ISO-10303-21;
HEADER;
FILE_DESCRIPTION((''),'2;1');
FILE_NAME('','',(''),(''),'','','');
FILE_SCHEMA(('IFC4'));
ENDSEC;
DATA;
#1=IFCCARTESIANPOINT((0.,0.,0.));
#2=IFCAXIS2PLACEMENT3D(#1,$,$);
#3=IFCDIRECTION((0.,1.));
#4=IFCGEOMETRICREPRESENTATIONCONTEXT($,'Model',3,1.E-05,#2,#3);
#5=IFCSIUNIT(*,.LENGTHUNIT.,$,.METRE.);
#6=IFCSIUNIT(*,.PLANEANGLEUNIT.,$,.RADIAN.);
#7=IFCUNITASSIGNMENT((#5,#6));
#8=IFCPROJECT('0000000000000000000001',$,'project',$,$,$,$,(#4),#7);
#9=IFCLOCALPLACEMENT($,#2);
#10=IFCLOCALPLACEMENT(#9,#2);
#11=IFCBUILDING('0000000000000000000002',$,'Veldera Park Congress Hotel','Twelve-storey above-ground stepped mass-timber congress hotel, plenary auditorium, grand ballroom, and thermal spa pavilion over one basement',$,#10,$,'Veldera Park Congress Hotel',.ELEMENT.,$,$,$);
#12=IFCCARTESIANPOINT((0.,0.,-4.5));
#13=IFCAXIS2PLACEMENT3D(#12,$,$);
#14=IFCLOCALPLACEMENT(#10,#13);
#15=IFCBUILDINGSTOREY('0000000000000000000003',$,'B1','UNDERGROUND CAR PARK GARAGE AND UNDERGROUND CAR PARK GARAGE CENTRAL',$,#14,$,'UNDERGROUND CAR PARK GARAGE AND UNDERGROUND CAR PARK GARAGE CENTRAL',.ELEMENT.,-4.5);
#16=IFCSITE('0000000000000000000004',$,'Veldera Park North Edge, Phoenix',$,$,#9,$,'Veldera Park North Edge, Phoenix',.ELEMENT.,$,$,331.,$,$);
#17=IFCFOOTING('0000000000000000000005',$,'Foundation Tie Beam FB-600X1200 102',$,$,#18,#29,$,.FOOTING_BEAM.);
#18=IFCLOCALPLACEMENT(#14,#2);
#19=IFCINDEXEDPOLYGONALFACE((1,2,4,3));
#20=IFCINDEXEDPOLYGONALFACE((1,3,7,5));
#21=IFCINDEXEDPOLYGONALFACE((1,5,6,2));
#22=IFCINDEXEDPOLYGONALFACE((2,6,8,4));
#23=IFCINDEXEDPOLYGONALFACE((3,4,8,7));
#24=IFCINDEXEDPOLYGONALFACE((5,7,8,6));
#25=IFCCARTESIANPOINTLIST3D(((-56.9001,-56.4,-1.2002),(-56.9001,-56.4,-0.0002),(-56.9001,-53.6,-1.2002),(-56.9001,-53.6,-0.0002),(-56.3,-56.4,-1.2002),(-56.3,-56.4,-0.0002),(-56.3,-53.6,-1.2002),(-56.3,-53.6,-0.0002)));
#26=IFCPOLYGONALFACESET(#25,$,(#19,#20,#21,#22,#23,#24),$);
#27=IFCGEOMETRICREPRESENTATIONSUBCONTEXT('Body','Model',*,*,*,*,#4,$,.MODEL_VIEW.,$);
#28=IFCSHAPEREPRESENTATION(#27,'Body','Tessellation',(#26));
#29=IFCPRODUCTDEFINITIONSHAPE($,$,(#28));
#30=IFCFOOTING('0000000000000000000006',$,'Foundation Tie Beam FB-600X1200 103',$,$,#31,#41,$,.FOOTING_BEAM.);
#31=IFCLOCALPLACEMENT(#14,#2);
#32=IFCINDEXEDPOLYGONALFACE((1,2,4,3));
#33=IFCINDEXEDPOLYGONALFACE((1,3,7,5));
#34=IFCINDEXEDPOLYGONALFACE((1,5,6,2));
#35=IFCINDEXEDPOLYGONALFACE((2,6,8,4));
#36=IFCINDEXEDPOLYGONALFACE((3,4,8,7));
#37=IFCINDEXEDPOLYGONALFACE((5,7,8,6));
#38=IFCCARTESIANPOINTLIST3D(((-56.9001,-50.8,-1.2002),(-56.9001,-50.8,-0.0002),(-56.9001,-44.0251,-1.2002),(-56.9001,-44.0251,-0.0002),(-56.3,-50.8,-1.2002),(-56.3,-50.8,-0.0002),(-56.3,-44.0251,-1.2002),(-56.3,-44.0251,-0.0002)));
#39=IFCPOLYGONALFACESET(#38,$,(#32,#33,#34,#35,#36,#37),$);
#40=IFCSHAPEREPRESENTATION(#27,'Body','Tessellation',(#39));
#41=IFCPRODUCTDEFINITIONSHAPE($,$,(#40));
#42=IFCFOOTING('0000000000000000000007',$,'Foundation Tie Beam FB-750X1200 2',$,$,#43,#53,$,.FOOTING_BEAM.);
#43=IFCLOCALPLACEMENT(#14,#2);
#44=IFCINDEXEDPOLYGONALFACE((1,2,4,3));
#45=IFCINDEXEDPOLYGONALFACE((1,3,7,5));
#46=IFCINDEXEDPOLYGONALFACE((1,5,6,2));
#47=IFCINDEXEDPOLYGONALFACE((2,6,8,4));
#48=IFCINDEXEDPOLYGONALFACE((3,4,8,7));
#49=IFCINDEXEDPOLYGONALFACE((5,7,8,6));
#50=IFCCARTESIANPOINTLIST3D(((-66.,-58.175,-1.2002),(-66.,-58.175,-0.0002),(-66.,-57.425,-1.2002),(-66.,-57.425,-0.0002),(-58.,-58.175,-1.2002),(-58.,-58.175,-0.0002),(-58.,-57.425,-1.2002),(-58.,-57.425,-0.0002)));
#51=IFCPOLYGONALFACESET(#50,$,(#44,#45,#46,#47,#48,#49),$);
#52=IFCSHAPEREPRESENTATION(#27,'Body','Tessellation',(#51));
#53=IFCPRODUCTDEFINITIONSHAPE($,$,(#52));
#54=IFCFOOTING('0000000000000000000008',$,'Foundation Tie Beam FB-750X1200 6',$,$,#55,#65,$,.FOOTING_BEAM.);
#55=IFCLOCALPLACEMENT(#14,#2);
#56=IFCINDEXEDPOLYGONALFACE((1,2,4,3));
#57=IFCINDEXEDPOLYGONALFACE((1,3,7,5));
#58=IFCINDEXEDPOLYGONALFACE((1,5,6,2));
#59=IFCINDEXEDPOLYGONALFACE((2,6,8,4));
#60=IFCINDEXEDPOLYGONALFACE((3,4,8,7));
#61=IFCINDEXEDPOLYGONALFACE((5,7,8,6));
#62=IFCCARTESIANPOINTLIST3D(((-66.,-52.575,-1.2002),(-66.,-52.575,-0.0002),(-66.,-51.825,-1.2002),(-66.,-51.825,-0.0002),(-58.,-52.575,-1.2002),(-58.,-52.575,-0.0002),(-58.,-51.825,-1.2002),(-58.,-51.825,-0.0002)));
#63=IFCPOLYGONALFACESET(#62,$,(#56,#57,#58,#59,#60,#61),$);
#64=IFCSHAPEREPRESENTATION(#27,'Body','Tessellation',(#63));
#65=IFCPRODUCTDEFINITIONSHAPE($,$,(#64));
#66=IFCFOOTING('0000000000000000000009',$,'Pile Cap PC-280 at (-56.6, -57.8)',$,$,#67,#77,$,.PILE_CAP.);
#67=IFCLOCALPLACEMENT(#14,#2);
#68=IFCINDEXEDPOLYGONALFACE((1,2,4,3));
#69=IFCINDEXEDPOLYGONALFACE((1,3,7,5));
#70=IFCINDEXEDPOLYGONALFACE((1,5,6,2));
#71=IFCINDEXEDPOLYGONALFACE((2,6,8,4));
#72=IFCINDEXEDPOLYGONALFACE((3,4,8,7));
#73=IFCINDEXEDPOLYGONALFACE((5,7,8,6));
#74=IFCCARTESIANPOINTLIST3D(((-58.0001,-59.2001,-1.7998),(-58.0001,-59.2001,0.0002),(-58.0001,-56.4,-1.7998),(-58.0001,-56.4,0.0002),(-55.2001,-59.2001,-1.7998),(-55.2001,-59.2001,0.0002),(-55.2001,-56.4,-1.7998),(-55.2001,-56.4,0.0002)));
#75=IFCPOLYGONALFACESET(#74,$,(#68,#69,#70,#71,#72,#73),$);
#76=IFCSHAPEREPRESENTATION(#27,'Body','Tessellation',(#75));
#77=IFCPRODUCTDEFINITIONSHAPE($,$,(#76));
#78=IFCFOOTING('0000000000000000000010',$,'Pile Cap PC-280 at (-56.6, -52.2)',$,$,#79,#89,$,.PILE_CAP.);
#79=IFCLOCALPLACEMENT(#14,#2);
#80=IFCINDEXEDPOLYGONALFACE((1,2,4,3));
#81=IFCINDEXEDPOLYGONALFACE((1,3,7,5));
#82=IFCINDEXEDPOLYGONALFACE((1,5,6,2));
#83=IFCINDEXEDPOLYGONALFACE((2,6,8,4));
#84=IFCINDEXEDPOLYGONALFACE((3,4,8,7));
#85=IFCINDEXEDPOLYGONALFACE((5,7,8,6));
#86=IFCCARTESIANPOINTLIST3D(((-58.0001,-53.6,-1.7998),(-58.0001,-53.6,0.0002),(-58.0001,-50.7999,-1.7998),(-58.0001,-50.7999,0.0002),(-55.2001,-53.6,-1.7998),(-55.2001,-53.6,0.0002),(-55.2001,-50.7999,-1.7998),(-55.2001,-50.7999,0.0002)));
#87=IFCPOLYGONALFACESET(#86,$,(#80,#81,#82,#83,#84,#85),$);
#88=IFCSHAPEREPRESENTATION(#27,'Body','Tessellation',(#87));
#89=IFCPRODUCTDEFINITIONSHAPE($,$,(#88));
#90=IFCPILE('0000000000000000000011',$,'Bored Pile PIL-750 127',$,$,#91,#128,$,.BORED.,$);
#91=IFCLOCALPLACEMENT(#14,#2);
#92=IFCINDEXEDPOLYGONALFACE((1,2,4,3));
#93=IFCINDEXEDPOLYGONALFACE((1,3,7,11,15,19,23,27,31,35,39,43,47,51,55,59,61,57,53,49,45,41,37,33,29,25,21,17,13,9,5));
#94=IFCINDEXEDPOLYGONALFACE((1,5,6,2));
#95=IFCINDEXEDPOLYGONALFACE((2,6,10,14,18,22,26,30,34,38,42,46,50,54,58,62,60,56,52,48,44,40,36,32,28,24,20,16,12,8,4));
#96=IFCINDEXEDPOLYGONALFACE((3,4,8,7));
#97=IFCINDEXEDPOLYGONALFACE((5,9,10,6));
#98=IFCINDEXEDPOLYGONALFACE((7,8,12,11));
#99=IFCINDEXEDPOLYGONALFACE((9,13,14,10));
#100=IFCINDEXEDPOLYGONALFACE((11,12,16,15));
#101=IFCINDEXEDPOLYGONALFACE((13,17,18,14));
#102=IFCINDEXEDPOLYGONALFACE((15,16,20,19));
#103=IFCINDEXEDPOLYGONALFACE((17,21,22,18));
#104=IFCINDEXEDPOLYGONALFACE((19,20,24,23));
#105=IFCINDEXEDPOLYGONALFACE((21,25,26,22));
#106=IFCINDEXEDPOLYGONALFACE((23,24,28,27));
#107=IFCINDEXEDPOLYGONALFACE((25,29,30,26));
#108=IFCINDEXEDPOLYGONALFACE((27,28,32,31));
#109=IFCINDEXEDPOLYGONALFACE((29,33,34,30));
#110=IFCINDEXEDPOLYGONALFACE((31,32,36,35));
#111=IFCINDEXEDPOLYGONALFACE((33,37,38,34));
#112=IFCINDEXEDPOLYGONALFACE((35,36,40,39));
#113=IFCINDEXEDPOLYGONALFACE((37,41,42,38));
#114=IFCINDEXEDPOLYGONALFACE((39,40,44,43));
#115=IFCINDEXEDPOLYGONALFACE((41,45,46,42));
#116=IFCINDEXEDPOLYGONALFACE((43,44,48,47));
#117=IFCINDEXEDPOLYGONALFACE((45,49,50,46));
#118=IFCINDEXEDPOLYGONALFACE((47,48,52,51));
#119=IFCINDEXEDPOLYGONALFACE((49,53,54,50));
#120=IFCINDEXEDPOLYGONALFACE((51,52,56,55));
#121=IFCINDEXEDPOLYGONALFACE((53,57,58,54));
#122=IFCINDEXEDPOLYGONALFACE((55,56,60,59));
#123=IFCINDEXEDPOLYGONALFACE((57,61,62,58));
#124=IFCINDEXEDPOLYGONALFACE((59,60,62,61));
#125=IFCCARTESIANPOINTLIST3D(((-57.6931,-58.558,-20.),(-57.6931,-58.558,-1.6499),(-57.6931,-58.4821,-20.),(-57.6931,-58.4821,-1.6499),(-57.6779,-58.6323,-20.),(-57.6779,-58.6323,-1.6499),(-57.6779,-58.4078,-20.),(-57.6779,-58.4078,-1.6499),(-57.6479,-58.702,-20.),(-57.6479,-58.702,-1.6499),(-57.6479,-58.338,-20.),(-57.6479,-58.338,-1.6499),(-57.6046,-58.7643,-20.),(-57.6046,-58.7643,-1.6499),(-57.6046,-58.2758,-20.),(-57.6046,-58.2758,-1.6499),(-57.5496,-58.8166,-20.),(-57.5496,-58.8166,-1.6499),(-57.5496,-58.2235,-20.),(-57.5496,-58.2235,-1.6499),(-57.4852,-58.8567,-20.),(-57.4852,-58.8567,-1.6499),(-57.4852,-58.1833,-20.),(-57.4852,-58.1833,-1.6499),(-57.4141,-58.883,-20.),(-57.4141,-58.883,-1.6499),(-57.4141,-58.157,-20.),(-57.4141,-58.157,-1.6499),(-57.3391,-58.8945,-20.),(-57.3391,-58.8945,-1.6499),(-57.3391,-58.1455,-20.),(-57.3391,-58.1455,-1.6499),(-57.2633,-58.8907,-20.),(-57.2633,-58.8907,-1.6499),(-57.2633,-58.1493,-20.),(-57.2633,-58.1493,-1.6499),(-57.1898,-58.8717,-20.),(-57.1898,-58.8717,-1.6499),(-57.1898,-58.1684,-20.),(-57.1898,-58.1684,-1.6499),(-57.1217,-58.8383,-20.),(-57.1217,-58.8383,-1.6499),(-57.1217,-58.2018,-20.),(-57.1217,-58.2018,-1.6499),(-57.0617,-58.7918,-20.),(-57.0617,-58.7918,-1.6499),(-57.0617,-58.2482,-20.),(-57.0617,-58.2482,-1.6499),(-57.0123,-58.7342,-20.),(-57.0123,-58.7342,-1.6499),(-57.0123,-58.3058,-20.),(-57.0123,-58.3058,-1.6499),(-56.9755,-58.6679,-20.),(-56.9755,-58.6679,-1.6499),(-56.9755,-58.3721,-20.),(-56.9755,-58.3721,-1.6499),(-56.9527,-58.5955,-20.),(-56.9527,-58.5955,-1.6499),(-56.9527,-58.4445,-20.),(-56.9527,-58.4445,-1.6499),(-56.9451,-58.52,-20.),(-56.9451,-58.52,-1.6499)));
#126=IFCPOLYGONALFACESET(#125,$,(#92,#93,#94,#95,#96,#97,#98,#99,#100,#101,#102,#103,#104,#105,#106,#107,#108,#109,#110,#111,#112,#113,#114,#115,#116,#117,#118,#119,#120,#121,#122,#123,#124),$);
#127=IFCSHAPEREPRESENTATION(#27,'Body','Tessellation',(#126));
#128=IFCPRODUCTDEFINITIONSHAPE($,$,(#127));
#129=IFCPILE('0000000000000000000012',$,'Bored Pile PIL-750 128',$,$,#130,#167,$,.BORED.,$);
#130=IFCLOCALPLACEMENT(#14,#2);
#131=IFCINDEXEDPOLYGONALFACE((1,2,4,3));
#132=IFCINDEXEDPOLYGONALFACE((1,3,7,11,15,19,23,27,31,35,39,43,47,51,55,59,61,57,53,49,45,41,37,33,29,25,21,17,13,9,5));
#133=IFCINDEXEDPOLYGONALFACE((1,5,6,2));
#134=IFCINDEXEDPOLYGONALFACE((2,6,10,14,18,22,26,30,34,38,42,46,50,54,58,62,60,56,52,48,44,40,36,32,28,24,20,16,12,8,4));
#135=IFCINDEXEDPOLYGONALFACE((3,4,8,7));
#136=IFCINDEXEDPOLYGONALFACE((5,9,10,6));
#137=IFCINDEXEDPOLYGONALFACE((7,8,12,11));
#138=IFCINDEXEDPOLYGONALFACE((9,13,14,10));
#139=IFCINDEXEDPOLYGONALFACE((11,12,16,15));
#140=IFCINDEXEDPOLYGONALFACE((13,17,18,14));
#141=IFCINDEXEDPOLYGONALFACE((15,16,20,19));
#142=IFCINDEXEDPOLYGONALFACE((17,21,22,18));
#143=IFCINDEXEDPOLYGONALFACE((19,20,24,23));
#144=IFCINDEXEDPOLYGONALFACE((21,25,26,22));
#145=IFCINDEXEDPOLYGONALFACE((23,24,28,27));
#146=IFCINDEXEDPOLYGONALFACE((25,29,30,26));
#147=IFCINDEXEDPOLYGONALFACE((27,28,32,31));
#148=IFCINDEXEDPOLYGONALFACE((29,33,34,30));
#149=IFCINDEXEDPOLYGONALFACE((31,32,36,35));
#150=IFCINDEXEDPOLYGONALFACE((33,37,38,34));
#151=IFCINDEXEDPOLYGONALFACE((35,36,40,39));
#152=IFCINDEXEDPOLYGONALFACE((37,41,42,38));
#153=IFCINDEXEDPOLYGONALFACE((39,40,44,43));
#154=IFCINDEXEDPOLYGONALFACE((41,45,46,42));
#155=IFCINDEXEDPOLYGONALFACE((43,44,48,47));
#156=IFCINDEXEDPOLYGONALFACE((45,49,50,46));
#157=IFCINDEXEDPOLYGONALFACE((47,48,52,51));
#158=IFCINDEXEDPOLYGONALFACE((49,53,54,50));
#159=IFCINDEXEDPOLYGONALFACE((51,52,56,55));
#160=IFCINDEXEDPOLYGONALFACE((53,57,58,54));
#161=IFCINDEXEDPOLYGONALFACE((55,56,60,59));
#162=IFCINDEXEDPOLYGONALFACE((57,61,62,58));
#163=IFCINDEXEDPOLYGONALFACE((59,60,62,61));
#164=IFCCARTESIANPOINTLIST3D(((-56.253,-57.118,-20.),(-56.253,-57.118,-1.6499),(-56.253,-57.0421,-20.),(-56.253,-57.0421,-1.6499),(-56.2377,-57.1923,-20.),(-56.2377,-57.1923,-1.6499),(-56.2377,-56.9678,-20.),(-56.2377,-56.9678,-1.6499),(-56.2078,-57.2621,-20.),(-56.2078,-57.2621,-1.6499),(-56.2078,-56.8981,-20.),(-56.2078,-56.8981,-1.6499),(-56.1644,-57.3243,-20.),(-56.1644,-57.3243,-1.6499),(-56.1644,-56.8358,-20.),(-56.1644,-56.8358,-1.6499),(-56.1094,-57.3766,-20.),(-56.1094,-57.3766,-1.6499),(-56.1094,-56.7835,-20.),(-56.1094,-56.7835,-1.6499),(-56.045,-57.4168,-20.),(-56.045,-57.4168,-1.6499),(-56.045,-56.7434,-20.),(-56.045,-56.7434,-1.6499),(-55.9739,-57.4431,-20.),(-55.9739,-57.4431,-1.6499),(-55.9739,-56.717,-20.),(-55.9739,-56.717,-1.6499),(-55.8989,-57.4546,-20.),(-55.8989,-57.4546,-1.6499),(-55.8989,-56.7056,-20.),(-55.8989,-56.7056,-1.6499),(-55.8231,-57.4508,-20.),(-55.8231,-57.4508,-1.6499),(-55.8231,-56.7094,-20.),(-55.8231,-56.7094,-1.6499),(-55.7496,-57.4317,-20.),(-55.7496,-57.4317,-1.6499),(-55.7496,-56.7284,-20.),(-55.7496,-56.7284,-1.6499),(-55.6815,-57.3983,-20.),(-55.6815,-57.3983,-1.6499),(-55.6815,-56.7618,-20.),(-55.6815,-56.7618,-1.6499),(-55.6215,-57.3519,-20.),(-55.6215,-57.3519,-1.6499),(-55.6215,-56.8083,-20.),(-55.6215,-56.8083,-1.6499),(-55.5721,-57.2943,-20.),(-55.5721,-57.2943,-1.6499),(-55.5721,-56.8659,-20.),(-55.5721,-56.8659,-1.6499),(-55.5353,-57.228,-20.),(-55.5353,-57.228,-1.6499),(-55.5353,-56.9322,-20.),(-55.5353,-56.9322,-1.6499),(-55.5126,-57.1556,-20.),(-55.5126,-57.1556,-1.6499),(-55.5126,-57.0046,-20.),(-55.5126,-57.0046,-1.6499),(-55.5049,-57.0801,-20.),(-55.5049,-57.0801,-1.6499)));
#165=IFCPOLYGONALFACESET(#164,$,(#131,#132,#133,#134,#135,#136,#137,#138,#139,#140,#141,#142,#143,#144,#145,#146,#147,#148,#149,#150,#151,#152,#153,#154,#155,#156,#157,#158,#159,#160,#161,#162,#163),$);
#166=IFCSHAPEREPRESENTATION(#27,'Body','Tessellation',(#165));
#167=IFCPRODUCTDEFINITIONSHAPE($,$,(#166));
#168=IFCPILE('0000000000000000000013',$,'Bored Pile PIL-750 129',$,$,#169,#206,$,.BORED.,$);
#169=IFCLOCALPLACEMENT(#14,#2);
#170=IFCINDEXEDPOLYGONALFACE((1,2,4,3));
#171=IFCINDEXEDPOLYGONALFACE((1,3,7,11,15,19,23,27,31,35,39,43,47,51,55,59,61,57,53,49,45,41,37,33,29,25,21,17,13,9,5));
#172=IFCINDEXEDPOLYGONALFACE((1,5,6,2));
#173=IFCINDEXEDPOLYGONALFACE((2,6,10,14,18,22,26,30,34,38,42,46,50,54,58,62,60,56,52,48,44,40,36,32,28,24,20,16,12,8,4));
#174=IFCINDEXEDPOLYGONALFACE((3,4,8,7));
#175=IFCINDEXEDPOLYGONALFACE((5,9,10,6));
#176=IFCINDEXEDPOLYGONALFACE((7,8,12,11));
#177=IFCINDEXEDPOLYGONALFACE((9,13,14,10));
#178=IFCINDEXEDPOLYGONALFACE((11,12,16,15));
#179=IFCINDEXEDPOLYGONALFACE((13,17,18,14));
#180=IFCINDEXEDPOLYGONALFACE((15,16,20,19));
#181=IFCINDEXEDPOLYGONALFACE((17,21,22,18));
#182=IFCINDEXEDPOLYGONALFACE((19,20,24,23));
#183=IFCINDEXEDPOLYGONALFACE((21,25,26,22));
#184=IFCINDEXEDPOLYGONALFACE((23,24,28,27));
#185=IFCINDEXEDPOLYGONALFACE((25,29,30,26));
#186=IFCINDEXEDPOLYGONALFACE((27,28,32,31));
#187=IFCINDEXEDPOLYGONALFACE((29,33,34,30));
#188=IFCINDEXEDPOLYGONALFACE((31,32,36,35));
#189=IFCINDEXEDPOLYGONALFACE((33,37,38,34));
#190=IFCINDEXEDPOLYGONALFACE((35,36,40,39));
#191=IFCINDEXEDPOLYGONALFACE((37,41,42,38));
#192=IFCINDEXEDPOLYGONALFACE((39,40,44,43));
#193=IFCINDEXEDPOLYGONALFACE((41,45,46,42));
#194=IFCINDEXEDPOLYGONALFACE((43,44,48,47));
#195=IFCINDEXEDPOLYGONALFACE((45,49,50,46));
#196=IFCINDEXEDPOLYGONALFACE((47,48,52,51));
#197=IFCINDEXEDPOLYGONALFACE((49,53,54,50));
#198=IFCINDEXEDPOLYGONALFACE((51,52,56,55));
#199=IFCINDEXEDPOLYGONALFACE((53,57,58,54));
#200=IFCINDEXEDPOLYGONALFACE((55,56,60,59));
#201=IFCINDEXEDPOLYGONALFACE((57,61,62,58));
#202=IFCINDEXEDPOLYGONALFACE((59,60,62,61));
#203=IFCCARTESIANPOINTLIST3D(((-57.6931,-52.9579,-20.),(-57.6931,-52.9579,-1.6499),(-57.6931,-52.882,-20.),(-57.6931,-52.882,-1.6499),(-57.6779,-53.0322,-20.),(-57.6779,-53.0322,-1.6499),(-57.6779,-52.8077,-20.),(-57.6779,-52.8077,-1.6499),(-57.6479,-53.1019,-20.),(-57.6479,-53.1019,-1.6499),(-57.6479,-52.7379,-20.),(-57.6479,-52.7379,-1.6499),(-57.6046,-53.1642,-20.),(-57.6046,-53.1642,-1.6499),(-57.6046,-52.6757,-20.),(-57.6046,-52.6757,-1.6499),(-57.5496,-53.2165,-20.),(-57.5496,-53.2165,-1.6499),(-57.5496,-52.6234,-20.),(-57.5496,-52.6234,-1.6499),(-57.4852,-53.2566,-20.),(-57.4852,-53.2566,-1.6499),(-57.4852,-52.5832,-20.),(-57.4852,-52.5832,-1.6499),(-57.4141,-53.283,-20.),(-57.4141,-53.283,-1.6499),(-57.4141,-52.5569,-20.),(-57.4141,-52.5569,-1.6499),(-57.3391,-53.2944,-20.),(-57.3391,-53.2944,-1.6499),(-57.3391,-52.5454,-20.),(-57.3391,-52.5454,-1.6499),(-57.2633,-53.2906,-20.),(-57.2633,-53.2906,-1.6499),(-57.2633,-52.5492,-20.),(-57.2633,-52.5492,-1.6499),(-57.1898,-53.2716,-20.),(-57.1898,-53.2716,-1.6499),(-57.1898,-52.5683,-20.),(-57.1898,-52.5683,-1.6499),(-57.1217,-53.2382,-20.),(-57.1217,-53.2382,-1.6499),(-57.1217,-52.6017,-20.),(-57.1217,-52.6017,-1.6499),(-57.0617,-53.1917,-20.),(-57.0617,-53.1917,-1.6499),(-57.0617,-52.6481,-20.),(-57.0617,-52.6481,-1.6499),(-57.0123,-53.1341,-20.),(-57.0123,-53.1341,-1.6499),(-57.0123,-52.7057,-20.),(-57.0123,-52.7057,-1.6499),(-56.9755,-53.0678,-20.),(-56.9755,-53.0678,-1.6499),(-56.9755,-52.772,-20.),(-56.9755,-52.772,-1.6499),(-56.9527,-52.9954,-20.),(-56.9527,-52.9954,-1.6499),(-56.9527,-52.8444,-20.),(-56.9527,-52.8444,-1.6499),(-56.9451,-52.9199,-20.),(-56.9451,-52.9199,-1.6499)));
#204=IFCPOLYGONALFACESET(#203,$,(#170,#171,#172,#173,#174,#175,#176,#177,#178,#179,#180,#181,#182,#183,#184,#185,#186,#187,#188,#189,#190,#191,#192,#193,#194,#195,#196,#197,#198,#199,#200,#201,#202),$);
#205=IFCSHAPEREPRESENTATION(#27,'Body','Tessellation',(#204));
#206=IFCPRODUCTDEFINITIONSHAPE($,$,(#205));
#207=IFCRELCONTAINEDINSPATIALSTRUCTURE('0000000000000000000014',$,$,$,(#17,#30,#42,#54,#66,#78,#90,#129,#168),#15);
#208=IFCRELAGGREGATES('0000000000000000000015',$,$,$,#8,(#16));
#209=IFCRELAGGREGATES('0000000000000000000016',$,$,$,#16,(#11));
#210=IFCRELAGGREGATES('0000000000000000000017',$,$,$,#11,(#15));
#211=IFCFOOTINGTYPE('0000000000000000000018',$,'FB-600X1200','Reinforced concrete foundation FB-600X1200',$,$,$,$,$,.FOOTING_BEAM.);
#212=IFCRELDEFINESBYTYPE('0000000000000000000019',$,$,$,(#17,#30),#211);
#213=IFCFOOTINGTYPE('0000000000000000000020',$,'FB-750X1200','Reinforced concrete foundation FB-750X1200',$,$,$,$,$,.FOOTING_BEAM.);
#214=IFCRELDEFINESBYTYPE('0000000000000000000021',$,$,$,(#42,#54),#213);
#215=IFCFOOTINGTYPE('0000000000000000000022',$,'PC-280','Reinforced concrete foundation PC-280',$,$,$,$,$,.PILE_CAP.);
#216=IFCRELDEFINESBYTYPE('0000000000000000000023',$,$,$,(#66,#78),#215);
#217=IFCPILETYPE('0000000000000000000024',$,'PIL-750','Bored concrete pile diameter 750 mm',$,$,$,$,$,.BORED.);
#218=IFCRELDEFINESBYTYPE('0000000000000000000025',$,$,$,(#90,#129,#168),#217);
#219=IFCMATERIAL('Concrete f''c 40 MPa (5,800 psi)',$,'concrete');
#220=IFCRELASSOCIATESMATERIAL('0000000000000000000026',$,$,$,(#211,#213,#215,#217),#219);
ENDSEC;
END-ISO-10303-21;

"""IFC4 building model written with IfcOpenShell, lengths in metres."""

from ifc_helpers import new_model, si_unit, direction, frame, origin, origin_2d, place, context, subcontext, project, spatial, rectangle, circle, extrude, material, material_profile, profile_set, type_object, element, save


model = new_model("IFC4")

# Units and contexts
model_context = context("Model", 3, precision=1e-05, world=origin(), true_north=direction((0.0, 1.0)))
body_context = subcontext(model_context, "Body", "Model", "MODEL_VIEW")
ifc_project = project(units=[si_unit("LENGTHUNIT", "METRE"), si_unit("PLANEANGLEUNIT", "RADIAN")], contexts=[model_context])

# Site, building, storey
site_placement = place(None, origin())
site = spatial("IfcSite", under=ifc_project, at=site_placement, Name="Veldera Park North Edge, Phoenix", LongName="Veldera Park North Edge, Phoenix", CompositionType="ELEMENT", RefElevation=331.0)
building_placement = place(site_placement, origin())
building = spatial("IfcBuilding", under=site, at=building_placement, Name="Veldera Park Congress Hotel", Description="Twelve-storey above-ground stepped mass-timber congress hotel, plenary auditorium, grand ballroom, and thermal spa pavilion over one basement", LongName="Veldera Park Congress Hotel", CompositionType="ELEMENT")
storey_placement = place(building_placement, frame((0.0, 0.0, -4.5)))
storey = spatial("IfcBuildingStorey", under=building, at=storey_placement, Name="B1", Description="UNDERGROUND CAR PARK GARAGE AND UNDERGROUND CAR PARK GARAGE CENTRAL", LongName="UNDERGROUND CAR PARK GARAGE AND UNDERGROUND CAR PARK GARAGE CENTRAL", CompositionType="ELEMENT", Elevation=-4.5)

# Footings
ifc_material_1 = material(Name="Concrete f'c 40 MPa (5,800 psi)", Category="concrete")
footing_type_1 = type_object("IfcFootingType", Name="FB-600X1200", Description="Reinforced concrete foundation FB-600X1200", PredefinedType="FOOTING_BEAM", material=ifc_material_1)
footing_1_placement = place(storey_placement, frame((-56.6001, -55.0, -1.2002), z_axis=(0.0, 0.0, 1.0), x_axis=(0.0, 1.0, 0.0)))
element("IfcFooting", 1, at=footing_1_placement, inside=storey, type_object=footing_type_1, Name="Foundation Tie Beam FB-600X1200 102", PredefinedType="FOOTING_BEAM", context=body_context, shape_type="SweptSolid", body=[
    extrude(rectangle(XDim=2.8, YDim=0.6001, at=origin_2d()), origin(), (0.0, 0.0, 1.0), 1.2),
])
footing_2_placement = place(storey_placement, frame((-56.6001, -47.4126, -1.2002), z_axis=(0.0, 0.0, 1.0), x_axis=(0.0, 1.0, 0.0)))
element("IfcFooting", 2, at=footing_2_placement, inside=storey, type_object=footing_type_1, Name="Foundation Tie Beam FB-600X1200 103", PredefinedType="FOOTING_BEAM", context=body_context, shape_type="SweptSolid", body=[
    extrude(rectangle(XDim=6.7749, YDim=0.6001, at=origin_2d()), origin(), (0.0, 0.0, 1.0), 1.2),
])
footing_type_2 = type_object("IfcFootingType", Name="FB-750X1200", Description="Reinforced concrete foundation FB-750X1200", PredefinedType="FOOTING_BEAM", material=ifc_material_1)
for number, where, z_axis, x_axis, name in (
    (3, (-62.0, -57.8, -1.2002), (0.0, 0.0, 1.0), (1.0, 0.0, 0.0), "Foundation Tie Beam FB-750X1200 2"),
    (4, (-62.0, -52.2, -1.2002), (0.0, 0.0, 1.0), (1.0, 0.0, 0.0), "Foundation Tie Beam FB-750X1200 6"),
):
    element("IfcFooting", number, at=place(storey_placement, frame(where, z_axis=z_axis, x_axis=x_axis)), inside=storey, type_object=footing_type_2, Name=name, PredefinedType="FOOTING_BEAM", context=body_context, shape_type="SweptSolid", body=[
        extrude(rectangle(XDim=8.0, YDim=0.75, at=origin_2d()), origin(), (0.0, 0.0, 1.0), 1.2),
    ])
footing_type_3 = type_object("IfcFootingType", Name="PC-280", Description="Reinforced concrete foundation PC-280", PredefinedType="PILE_CAP", material=ifc_material_1)
for number, where, z_axis, x_axis, name in (
    (5, (-56.6001, -57.8, -1.7998), (0.0, 0.0, 1.0), (1.0, 0.0, 0.0), "Pile Cap PC-280 at (-56.6, -57.8)"),
    (6, (-56.6001, -52.2, -1.7998), (0.0, 0.0, 1.0), (1.0, 0.0, 0.0), "Pile Cap PC-280 at (-56.6, -52.2)"),
):
    element("IfcFooting", number, at=place(storey_placement, frame(where, z_axis=z_axis, x_axis=x_axis)), inside=storey, type_object=footing_type_3, Name=name, PredefinedType="PILE_CAP", context=body_context, shape_type="SweptSolid", body=[
        extrude(rectangle(XDim=2.8, YDim=2.8, at=origin_2d()), origin(), (0.0, 0.0, 1.0), 1.8),
    ])

# Piles
ifc_material_profile_1 = material_profile(ifc_material_1, circle(Radius=0.375, at=origin_2d()), Name="PILE D750")
ifc_profile_set_1 = profile_set([ifc_material_profile_1], Name="Concrete f'c 40 MPa (5,800 psi)")
pile_type = type_object("IfcPileType", Name="PIL-750", Description="Bored concrete pile diameter 750 mm", PredefinedType="BORED", material=ifc_profile_set_1)
for number, where, z_axis, x_axis, name in (
    (7, (-57.3201, -58.52, -1.6499), (0.0, 0.0, -1.0), (1.0, 0.0, 0.0), "Bored Pile PIL-750 127"),
    (8, (-55.8799, -57.0801, -1.6499), (0.0, 0.0, -1.0), (1.0, 0.0, 0.0), "Bored Pile PIL-750 128"),
    (9, (-57.3201, -52.9199, -1.6499), (0.0, 0.0, -1.0), (1.0, 0.0, 0.0), "Bored Pile PIL-750 129"),
):
    element("IfcPile", number, at=place(storey_placement, frame(where, z_axis=z_axis, x_axis=x_axis)), inside=storey, type_object=pile_type, Name=name, PredefinedType="BORED", context=body_context, shape_type="SweptSolid", body=[
        extrude(circle(Radius=0.375, at=origin_2d()), origin(), (0.0, 0.0, 1.0), 18.3501),
    ])

save(model, "model.ifc")
